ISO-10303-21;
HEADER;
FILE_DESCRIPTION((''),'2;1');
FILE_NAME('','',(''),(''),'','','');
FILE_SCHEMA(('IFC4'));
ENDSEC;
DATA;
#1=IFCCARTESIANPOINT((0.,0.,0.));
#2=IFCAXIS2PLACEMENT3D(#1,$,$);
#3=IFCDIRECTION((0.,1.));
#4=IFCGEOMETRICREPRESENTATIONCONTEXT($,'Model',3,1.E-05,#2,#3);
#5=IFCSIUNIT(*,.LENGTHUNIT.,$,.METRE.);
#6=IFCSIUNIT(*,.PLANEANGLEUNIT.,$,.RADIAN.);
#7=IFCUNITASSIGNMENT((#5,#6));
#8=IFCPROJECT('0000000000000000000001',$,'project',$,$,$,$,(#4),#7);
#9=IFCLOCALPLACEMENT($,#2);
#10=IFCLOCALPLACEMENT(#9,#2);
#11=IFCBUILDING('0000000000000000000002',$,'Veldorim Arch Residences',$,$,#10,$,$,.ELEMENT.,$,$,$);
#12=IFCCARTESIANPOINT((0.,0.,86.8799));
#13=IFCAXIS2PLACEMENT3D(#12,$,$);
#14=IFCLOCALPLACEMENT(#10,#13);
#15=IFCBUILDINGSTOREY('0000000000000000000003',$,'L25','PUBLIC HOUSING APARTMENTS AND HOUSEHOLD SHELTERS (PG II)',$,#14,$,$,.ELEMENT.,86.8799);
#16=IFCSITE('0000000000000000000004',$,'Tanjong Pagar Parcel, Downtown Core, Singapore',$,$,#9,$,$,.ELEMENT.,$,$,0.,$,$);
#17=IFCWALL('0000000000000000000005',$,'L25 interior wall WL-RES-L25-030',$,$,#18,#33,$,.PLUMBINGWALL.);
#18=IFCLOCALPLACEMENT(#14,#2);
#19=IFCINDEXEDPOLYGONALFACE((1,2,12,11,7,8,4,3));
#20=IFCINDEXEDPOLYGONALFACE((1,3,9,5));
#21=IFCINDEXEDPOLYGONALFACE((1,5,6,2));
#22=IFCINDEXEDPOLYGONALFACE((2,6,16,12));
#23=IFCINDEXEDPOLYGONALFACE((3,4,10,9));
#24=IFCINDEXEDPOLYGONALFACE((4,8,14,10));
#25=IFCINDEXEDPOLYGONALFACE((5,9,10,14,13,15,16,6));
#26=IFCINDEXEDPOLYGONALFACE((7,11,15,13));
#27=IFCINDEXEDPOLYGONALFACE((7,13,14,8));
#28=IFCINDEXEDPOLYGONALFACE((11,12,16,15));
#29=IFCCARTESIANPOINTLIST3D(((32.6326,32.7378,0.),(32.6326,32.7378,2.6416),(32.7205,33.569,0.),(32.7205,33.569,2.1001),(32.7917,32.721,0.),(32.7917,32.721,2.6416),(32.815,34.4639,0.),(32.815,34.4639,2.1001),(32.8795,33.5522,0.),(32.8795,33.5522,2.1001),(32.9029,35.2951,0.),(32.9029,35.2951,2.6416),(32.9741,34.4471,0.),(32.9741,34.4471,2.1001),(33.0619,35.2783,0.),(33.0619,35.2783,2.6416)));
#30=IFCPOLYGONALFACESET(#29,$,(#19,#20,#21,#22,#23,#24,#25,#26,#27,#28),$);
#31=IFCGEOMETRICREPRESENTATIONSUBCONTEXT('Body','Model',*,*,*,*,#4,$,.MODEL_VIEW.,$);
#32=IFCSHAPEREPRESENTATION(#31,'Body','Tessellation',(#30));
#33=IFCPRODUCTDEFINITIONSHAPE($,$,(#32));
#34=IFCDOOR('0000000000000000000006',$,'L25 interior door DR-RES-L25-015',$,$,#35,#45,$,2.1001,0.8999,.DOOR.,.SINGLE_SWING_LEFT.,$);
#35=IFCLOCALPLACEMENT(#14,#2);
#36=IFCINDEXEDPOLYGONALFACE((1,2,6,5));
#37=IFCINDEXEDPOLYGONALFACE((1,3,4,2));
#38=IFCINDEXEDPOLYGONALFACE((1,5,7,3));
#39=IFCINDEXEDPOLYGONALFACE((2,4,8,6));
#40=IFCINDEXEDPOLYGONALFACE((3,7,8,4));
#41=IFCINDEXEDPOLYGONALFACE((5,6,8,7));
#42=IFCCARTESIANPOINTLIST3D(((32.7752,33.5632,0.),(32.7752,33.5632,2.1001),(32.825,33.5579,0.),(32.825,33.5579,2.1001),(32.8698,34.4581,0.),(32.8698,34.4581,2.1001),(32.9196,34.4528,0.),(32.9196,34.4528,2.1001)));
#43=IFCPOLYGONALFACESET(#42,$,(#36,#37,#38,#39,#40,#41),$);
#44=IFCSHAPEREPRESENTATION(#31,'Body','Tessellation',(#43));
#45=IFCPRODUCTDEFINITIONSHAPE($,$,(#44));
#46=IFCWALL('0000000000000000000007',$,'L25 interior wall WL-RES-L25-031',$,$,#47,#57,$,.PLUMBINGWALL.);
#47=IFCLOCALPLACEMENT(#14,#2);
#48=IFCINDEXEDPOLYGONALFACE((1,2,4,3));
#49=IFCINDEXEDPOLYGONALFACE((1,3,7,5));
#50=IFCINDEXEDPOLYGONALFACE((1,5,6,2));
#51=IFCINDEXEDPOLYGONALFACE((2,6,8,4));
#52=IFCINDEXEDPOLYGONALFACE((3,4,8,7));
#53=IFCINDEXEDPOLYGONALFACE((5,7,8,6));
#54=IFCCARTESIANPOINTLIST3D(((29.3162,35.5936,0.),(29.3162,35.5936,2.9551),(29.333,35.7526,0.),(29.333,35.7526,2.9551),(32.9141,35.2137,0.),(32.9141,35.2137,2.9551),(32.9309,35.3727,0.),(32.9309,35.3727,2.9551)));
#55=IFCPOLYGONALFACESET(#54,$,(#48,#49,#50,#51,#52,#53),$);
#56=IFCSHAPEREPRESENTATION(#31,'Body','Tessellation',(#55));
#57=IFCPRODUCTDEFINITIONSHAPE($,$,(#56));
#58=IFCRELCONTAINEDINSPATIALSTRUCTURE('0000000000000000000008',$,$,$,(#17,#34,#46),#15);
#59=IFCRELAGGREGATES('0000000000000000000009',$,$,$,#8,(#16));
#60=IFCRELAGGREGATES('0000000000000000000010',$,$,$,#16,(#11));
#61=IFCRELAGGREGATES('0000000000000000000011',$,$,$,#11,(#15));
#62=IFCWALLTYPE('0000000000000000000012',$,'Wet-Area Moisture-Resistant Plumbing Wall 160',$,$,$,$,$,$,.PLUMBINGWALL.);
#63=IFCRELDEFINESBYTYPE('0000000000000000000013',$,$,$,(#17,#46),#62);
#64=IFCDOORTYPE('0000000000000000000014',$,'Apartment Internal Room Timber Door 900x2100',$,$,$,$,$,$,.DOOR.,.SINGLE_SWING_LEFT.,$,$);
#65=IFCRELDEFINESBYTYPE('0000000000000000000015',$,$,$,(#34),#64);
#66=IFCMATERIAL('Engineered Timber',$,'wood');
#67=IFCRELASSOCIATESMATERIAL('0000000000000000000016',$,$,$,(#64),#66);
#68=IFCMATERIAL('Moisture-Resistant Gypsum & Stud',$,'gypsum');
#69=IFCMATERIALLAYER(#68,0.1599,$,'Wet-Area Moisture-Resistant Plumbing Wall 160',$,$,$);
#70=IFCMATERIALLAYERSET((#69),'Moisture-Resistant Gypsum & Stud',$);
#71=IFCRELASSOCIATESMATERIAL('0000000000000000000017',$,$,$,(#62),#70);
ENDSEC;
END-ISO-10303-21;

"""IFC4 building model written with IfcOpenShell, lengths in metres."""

from ifc_helpers import new_model, si_unit, direction, frame, frame_2d, origin, place, context, subcontext, project, spatial, rectangle, extrude, material, layer, layer_set, type_object, element, fill, save


model = new_model("IFC4")

# Units and contexts
model_context = context("Model", 3, precision=1e-05, world=origin(), true_north=direction((0.0, 1.0)))
body_context = subcontext(model_context, "Body", "Model", "MODEL_VIEW")
ifc_project = project(units=[si_unit("LENGTHUNIT", "METRE"), si_unit("PLANEANGLEUNIT", "RADIAN")], contexts=[model_context])

# Site, building, storey
site_placement = place(None, origin())
site = spatial("IfcSite", under=ifc_project, at=site_placement, Name="Tanjong Pagar Parcel, Downtown Core, Singapore", CompositionType="ELEMENT", RefElevation=0.0)
building_placement = place(site_placement, origin())
building = spatial("IfcBuilding", under=site, at=building_placement, Name="Veldorim Arch Residences", CompositionType="ELEMENT")
storey_placement = place(building_placement, frame((0.0, 0.0, 86.8799)))
storey = spatial("IfcBuildingStorey", under=building, at=storey_placement, Name="L25", Description="PUBLIC HOUSING APARTMENTS AND HOUSEHOLD SHELTERS (PG II)", CompositionType="ELEMENT", Elevation=86.8799)

# Shared definitions
ifc_material_1 = material(Name="Engineered Timber", Category="wood")
door_type_1 = type_object("IfcDoorType", Name="Apartment Internal Room Timber Door 900x2100", OperationType="SINGLE_SWING_LEFT", PredefinedType="DOOR", material=ifc_material_1)

# Wall, opening, door
ifc_material_2 = material(Name="Moisture-Resistant Gypsum & Stud", Category="gypsum")
ifc_layer_1 = layer(ifc_material_2, 0.1599, Name="Wet-Area Moisture-Resistant Plumbing Wall 160")
ifc_layer_set_1 = layer_set([ifc_layer_1], Name="Moisture-Resistant Gypsum & Stud")
wall_type_1 = type_object("IfcWallType", Name="Wet-Area Moisture-Resistant Plumbing Wall 160", PredefinedType="PLUMBINGWALL", material=ifc_layer_set_1)
wall_1_placement = place(storey_placement, frame((32.7122, 32.7295, 0.0), z_axis=(0.0, 0.0, 1.0), x_axis=(0.105095, 0.994462, 0.0)))
wall_1 = element("IfcWall", 1, at=wall_1_placement, inside=storey, type_object=wall_type_1, Name="L25 interior wall WL-RES-L25-030", PredefinedType="PLUMBINGWALL", context=body_context, shape_type="SweptSolid", body=[
    extrude(rectangle(XDim=2.5715, YDim=0.1599, at=frame_2d((1.2856, 0.0))), origin(), (0.0, 0.0, 1.0), 2.6416),
])
opening_1_placement = place(wall_1_placement, frame((0.8357, 0.0, 0.0)))
opening_1 = element("IfcOpeningElement", 2, at=opening_1_placement, cuts=wall_1, PredefinedType="OPENING", context=body_context, shape_type="SweptSolid", body=[
    extrude(rectangle(XDim=0.8999, YDim=2.1001, at=frame_2d((0.45, 1.05))), frame((0.0, 0.0898, 0.0), z_axis=(0.0, -1.0, 0.0), x_axis=(1.0, 0.0, 0.0)), (0.0, 0.0, 1.0), 0.1799),
])
door_1_placement = place(opening_1_placement, origin())
door_1 = element("IfcDoor", 3, at=door_1_placement, inside=storey, type_object=door_type_1, Name="L25 interior door DR-RES-L25-015", OperationType="SINGLE_SWING_LEFT", OverallHeight=2.1001, OverallWidth=0.8999, PredefinedType="DOOR", context=body_context, shape_type="SweptSolid", body=[
    extrude(rectangle(XDim=0.8999, YDim=2.1001, at=frame_2d((0.45, 1.05))), frame((0.0, 0.0249, 0.0), z_axis=(0.0, -1.0, 0.0), x_axis=(1.0, 0.0, 0.0)), (0.0, 0.0, 1.0), 0.05),
])
fill(opening_1, door_1)

# Wall
wall_2_placement = place(storey_placement, frame((32.9226, 35.2932, 0.0), z_axis=(0.0, 0.0, 1.0), x_axis=(-0.994472, 0.105001, 0.0)))
element("IfcWall", 4, at=wall_2_placement, inside=storey, type_object=wall_type_1, Name="L25 interior wall WL-RES-L25-031", PredefinedType="PLUMBINGWALL", context=body_context, shape_type="SweptSolid", body=[
    extrude(rectangle(XDim=3.6179, YDim=0.1599, at=frame_2d((1.8091, 0.0))), origin(), (0.0, 0.0, 1.0), 2.9551),
])

save(model, "model.ifc")
